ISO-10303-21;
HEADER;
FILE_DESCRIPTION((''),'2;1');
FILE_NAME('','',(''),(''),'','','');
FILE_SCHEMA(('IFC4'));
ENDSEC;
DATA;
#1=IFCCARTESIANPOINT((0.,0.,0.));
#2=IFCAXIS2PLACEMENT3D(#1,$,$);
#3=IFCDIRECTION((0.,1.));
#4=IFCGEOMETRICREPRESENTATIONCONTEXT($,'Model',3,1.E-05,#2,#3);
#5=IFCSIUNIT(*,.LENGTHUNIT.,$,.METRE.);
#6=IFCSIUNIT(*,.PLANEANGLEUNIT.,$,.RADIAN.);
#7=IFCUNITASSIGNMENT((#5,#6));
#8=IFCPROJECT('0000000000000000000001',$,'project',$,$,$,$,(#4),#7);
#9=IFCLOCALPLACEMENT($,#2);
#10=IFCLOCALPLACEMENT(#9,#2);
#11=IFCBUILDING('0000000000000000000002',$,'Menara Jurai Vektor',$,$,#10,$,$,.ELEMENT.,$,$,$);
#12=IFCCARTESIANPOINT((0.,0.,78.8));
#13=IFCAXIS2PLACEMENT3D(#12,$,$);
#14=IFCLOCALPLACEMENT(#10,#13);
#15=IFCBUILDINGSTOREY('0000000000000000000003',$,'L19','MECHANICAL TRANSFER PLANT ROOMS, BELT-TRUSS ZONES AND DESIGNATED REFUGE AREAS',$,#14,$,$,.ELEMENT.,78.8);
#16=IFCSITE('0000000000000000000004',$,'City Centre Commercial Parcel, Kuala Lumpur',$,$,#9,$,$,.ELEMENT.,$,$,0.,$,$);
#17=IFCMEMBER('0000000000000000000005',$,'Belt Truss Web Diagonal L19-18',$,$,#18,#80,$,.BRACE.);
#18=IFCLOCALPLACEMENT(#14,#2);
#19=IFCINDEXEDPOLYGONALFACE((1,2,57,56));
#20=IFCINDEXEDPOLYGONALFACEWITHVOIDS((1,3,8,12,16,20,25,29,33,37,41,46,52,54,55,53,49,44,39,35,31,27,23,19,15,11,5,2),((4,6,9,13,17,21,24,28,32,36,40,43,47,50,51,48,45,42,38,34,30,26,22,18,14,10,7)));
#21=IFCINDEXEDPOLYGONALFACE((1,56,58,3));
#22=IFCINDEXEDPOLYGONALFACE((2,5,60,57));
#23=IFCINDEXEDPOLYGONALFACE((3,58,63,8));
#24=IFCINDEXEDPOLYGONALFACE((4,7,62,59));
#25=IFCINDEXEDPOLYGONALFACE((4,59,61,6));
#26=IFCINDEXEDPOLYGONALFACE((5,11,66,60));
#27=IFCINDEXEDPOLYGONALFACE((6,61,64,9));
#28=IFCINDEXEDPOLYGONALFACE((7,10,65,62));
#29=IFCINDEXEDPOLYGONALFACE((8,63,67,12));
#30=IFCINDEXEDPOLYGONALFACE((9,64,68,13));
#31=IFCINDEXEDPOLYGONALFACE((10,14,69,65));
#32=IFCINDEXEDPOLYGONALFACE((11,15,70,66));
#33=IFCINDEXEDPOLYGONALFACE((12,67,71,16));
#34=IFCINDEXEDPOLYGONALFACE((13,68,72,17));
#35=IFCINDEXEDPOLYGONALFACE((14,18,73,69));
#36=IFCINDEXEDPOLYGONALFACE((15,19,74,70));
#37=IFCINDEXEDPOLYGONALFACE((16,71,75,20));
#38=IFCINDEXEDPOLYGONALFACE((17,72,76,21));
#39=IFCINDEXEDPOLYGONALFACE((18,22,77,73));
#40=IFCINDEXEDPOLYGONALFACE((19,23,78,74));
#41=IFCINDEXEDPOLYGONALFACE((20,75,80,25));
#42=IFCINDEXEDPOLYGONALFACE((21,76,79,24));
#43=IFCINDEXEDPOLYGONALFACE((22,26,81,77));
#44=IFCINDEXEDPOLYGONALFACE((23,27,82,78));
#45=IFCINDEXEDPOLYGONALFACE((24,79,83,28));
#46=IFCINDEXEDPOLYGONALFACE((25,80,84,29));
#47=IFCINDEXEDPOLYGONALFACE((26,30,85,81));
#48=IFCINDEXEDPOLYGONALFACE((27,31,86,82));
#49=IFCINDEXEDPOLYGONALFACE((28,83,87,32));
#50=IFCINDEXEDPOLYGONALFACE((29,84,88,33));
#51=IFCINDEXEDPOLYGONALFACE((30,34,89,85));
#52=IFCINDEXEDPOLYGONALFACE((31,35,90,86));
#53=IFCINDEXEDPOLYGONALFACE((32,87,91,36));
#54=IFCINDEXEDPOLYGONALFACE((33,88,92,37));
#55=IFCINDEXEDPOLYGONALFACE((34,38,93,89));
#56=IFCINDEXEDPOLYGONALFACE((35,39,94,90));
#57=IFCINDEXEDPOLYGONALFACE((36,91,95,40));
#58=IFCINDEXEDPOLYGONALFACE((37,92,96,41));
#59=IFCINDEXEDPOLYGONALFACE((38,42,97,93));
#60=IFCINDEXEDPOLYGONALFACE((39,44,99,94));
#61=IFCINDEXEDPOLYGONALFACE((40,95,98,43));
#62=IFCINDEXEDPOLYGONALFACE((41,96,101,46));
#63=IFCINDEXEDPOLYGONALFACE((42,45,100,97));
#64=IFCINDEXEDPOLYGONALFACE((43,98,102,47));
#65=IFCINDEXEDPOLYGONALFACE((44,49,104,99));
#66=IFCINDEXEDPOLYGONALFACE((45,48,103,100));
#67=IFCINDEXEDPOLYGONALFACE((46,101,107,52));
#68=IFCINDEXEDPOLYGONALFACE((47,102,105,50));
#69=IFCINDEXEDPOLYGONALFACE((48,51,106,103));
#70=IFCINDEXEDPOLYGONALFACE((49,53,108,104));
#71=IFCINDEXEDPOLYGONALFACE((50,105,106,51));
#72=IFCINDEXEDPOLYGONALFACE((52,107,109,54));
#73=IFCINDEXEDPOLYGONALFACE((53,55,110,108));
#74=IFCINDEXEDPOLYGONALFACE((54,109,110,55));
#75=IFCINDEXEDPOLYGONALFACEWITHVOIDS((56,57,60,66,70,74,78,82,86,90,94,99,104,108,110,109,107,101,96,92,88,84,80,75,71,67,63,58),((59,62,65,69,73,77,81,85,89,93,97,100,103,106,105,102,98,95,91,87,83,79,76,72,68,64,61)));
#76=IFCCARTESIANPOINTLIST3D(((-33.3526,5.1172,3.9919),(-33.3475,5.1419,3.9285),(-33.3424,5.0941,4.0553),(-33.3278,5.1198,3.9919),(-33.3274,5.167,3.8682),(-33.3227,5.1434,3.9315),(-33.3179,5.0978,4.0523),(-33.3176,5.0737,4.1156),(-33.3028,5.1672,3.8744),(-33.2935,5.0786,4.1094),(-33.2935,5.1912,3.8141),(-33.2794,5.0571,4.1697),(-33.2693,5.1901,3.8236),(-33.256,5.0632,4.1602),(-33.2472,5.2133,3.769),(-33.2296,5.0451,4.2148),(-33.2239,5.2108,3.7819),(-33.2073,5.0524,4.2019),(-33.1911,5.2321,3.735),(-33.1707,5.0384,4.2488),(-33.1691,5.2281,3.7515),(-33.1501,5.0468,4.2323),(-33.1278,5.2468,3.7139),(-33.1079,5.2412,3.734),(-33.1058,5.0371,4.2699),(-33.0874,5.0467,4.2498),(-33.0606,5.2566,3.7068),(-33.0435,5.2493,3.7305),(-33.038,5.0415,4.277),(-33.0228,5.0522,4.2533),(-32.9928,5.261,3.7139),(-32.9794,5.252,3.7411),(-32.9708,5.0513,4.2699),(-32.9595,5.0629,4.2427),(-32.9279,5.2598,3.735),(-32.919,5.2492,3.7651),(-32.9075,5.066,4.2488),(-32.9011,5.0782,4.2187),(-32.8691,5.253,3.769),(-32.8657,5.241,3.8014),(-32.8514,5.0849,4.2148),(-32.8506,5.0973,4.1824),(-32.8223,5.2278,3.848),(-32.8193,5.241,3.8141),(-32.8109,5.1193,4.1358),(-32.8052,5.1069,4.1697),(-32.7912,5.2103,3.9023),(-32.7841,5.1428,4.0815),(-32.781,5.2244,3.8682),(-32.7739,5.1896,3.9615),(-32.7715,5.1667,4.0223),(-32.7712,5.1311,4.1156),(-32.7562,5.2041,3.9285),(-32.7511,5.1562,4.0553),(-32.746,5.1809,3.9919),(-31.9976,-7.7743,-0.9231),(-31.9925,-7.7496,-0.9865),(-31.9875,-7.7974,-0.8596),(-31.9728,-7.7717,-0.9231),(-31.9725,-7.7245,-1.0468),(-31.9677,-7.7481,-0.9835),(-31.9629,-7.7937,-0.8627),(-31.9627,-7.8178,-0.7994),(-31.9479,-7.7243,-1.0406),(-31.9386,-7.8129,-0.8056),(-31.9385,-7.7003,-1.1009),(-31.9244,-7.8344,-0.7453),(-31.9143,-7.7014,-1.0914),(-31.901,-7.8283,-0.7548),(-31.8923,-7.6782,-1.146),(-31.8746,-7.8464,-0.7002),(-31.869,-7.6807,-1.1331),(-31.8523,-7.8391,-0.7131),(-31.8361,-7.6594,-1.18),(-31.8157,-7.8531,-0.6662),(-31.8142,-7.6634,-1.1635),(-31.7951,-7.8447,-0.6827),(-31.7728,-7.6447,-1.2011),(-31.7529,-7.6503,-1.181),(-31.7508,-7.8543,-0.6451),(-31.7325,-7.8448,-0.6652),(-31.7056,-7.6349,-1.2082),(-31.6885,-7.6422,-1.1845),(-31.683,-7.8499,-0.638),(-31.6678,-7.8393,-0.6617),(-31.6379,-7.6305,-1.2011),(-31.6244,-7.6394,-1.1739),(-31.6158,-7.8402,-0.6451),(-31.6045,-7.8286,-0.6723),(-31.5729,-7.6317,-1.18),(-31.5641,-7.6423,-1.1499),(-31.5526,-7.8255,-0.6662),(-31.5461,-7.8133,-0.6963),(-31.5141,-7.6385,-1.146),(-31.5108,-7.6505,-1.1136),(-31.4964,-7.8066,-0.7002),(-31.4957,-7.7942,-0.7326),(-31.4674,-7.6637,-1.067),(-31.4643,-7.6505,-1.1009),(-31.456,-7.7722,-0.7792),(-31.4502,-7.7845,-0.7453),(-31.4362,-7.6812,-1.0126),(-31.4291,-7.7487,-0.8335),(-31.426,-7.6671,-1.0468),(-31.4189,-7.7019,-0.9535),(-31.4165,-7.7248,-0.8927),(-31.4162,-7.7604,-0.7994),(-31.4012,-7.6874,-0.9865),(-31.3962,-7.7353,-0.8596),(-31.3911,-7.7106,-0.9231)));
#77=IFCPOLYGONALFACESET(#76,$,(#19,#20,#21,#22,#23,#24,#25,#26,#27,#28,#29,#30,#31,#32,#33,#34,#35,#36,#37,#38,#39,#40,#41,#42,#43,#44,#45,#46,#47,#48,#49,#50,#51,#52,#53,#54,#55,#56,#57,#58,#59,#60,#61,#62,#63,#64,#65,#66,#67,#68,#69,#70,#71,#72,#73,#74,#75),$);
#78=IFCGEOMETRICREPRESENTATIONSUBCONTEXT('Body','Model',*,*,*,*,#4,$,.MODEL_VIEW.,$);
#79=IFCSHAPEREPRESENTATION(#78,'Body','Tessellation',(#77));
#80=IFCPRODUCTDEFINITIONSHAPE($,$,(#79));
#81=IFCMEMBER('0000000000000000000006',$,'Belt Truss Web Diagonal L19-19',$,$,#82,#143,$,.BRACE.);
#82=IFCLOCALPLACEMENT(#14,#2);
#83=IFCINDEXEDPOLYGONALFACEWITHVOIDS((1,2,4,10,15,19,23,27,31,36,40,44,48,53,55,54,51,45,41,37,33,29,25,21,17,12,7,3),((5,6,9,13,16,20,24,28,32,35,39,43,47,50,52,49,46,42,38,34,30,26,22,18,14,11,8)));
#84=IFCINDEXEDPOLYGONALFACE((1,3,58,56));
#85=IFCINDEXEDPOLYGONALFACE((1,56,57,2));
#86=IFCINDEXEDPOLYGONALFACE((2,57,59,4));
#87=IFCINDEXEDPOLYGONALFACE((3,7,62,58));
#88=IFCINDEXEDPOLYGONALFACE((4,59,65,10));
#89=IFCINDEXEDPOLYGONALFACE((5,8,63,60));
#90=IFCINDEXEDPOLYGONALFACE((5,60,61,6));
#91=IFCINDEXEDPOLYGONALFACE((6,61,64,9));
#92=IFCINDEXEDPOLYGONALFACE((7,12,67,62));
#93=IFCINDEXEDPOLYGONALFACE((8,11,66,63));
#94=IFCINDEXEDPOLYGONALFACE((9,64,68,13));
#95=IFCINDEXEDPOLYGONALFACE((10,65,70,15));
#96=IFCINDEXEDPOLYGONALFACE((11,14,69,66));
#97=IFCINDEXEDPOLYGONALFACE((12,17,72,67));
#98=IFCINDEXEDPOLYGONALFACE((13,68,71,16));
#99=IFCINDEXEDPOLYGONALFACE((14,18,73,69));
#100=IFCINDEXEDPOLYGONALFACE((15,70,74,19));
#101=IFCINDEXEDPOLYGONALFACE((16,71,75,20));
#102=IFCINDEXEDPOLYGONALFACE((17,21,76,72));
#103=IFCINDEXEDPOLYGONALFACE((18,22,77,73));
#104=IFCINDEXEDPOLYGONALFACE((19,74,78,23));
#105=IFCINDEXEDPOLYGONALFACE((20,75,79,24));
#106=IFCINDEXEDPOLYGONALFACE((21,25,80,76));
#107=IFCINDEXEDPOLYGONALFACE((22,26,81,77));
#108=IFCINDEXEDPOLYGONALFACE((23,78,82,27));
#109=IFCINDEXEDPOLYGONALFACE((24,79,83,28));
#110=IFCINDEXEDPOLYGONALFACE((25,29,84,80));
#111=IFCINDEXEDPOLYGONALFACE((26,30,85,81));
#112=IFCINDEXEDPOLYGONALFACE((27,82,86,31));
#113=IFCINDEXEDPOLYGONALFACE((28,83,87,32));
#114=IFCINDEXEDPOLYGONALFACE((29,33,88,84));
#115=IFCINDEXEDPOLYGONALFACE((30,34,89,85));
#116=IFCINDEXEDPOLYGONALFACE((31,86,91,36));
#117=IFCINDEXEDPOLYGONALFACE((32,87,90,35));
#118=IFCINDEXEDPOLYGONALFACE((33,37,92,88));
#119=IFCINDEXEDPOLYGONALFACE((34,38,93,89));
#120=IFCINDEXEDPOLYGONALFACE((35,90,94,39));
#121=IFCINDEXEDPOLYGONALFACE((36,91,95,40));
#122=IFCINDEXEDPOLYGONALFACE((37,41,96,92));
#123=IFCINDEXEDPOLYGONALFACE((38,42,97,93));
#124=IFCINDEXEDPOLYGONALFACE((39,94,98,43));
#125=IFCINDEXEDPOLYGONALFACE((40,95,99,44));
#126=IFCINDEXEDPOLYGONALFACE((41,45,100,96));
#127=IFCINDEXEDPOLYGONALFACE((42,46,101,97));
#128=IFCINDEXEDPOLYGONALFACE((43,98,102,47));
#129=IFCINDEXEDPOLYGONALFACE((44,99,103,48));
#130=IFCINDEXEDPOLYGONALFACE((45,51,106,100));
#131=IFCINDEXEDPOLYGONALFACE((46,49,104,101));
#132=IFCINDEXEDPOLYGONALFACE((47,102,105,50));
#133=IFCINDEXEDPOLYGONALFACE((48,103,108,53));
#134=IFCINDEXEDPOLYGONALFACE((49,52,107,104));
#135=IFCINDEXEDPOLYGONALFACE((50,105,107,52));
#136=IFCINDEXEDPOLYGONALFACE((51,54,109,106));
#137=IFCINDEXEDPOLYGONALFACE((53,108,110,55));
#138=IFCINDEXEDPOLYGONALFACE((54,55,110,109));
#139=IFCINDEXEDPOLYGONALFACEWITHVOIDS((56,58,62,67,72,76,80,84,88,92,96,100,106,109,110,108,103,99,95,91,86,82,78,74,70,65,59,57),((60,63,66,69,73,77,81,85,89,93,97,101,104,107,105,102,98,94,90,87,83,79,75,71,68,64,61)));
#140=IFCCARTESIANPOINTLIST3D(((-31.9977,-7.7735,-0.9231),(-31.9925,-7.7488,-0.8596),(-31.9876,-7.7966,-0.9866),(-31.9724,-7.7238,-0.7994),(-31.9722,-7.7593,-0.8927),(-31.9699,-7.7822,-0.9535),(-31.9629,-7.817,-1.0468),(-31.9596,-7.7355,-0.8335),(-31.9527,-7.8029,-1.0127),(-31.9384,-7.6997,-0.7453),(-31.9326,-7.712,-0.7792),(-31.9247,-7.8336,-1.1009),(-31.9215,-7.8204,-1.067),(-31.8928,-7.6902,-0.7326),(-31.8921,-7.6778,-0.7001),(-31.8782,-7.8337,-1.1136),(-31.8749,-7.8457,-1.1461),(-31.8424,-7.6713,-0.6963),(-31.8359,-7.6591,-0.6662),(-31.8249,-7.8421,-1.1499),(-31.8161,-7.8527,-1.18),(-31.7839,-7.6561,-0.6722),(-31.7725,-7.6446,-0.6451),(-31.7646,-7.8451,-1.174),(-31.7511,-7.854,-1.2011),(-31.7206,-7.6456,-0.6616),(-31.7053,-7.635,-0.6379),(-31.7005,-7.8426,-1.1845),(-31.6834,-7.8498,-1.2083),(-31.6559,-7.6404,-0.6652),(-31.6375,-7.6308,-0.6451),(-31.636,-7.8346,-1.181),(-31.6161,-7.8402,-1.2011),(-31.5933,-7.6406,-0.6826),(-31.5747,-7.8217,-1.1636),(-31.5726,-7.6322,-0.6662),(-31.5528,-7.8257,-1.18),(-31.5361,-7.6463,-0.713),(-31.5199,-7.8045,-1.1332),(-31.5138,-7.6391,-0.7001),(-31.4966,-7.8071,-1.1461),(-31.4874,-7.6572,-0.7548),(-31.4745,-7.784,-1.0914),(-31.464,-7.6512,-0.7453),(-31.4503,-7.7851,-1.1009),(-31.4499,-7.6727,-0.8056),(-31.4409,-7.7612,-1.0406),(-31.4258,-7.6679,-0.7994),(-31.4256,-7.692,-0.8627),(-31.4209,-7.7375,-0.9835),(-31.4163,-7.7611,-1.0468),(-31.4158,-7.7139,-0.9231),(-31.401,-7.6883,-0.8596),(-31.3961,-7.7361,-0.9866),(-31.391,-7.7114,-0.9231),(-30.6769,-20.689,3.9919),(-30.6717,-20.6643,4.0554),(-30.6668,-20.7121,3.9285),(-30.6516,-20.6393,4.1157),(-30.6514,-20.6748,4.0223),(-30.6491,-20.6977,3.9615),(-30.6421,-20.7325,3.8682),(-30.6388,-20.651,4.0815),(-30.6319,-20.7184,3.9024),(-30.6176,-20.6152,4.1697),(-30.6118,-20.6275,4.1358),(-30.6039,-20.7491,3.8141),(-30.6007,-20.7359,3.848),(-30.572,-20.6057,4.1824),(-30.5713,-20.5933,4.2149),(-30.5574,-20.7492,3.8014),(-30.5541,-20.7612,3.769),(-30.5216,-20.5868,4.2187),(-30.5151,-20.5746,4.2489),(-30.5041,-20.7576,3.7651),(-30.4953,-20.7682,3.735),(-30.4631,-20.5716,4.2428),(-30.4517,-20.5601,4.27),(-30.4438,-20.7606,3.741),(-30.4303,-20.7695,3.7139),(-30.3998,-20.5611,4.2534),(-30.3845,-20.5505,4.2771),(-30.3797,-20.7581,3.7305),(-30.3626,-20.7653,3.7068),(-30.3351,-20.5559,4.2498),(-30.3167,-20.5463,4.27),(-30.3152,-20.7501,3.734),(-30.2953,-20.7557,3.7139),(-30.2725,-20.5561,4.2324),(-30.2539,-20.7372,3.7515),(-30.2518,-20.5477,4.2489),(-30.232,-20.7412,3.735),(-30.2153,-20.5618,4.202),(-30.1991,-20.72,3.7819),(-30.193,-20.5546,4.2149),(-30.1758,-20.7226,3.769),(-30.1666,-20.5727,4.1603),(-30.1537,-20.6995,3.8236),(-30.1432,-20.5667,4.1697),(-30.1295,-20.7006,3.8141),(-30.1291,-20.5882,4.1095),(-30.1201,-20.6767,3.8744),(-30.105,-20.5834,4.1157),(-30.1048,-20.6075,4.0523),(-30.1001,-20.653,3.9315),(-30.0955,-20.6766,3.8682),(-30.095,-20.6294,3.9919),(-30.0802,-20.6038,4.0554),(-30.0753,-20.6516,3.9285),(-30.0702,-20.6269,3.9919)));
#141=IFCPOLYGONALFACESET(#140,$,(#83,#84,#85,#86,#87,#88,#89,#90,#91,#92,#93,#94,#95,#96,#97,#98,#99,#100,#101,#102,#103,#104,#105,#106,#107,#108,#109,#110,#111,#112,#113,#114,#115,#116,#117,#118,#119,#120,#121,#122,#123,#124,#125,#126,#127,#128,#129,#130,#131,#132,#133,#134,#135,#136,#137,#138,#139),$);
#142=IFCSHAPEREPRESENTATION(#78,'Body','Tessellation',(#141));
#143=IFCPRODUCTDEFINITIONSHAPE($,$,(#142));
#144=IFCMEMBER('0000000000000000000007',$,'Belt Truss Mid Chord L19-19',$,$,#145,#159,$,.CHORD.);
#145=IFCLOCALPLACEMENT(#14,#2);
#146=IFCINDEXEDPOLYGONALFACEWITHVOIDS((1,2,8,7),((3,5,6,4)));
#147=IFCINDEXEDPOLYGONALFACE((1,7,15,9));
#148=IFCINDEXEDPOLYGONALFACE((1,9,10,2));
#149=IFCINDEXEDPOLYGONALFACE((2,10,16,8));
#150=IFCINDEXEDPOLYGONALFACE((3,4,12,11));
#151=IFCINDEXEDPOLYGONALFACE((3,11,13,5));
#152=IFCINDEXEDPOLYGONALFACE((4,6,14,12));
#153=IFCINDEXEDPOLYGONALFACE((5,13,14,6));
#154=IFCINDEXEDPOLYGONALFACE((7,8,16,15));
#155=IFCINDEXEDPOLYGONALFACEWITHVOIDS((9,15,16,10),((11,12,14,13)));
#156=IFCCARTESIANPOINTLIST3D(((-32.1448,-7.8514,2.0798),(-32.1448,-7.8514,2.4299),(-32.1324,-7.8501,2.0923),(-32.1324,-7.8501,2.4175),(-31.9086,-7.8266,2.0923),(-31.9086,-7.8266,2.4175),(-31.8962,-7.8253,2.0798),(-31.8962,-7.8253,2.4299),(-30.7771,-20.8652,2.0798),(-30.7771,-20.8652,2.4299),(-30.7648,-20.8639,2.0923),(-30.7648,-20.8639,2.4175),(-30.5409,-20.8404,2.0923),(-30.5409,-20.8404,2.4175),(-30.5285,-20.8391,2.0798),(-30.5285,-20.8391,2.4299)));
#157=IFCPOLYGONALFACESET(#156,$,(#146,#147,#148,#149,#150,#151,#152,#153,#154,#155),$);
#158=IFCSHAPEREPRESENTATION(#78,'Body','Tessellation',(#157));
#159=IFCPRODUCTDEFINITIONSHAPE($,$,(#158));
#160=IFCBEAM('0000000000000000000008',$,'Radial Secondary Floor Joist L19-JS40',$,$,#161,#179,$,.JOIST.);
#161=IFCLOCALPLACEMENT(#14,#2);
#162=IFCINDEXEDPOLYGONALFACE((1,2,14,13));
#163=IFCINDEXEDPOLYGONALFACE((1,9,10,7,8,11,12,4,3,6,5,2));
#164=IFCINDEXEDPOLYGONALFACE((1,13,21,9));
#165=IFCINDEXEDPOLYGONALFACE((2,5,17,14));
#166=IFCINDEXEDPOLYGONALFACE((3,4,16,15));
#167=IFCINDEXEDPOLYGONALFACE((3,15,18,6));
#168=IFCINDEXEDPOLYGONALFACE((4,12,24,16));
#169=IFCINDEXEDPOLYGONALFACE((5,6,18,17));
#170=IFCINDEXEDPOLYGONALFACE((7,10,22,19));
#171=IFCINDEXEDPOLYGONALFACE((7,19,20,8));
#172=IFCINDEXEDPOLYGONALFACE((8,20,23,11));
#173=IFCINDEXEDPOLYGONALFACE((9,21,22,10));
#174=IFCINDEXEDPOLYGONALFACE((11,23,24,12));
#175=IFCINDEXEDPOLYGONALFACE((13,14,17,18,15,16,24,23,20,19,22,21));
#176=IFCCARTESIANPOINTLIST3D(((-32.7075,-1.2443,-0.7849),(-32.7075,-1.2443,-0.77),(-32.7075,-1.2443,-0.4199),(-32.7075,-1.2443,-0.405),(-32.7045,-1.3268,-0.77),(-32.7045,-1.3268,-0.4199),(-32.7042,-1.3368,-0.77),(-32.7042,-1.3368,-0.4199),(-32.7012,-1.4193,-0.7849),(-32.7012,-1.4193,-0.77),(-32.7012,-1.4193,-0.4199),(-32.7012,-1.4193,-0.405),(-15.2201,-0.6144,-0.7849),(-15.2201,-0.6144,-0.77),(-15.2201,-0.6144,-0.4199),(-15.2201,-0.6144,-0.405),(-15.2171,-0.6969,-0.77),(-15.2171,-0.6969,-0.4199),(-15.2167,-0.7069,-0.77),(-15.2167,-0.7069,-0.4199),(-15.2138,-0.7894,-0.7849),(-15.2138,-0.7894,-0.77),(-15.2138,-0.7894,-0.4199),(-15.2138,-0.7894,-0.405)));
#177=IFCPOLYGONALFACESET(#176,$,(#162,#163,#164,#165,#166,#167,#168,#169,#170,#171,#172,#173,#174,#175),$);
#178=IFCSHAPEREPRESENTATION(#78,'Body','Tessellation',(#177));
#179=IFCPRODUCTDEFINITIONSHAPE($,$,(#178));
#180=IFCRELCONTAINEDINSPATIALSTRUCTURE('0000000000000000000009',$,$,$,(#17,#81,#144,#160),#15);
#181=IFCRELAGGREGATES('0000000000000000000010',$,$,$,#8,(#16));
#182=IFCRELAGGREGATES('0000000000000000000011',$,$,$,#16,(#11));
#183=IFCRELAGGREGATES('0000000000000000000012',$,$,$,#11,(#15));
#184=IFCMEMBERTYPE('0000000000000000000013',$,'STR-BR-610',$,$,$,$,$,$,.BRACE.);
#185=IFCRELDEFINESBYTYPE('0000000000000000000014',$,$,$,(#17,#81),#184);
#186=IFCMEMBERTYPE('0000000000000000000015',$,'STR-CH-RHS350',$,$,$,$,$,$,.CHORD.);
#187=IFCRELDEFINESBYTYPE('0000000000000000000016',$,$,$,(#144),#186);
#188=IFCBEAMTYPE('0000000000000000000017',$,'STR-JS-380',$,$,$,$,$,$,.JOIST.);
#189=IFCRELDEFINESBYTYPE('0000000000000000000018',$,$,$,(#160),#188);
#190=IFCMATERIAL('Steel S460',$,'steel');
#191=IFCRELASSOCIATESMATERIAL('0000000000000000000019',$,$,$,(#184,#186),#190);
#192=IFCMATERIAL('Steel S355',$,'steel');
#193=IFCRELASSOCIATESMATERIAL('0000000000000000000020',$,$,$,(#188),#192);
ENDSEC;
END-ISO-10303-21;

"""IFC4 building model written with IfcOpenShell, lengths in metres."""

from ifc_helpers import new_model, si_unit, direction, frame, origin, origin_2d, place, context, subcontext, project, spatial, hollow_rectangle, hollow_circle, i_section, extrude, material, material_profile, profile_set, type_object, element, save


model = new_model("IFC4")

# Units and contexts
model_context = context("Model", 3, precision=1e-05, world=origin(), true_north=direction((0.0, 1.0)))
body_context = subcontext(model_context, "Body", "Model", "MODEL_VIEW")
ifc_project = project(units=[si_unit("LENGTHUNIT", "METRE"), si_unit("PLANEANGLEUNIT", "RADIAN")], contexts=[model_context])

# Site, building, storey
site_placement = place(None, origin())
site = spatial("IfcSite", under=ifc_project, at=site_placement, Name="City Centre Commercial Parcel, Kuala Lumpur", CompositionType="ELEMENT", RefElevation=0.0)
building_placement = place(site_placement, origin())
building = spatial("IfcBuilding", under=site, at=building_placement, Name="Menara Jurai Vektor", CompositionType="ELEMENT")
storey_placement = place(building_placement, frame((0.0, 0.0, 78.8)))
storey = spatial("IfcBuildingStorey", under=building, at=storey_placement, Name="L19", Description="MECHANICAL TRANSFER PLANT ROOMS, BELT-TRUSS ZONES AND DESIGNATED REFUGE AREAS", CompositionType="ELEMENT", Elevation=78.8)

# Shared definitions
ifc_material_1 = material(Name="Steel S460", Category="steel")

# Shared definitions
ifc_material_2 = material(Name="Steel S355", Category="steel")

# Members
ifc_material_profile_1 = material_profile(ifc_material_1, hollow_circle(Radius=0.3049, WallThickness=0.0249, at=origin_2d()), Name="CHS 610x25")
ifc_profile_set_1 = profile_set([ifc_material_profile_1], Name="Steel S460")
member_type_1 = type_object("IfcMemberType", Name="STR-BR-610", PredefinedType="BRACE", material=ifc_profile_set_1)
member_1_placement = place(storey_placement, frame((-31.6943, -7.7424, -0.9231), z_axis=(-0.09774, 0.929919, 0.35454), x_axis=(-0.994522, -0.10453, 0.0)))
element("IfcMember", 1, at=member_1_placement, inside=storey, type_object=member_type_1, Name="Belt Truss Web Diagonal L19-18", PredefinedType="BRACE", context=body_context, shape_type="SweptSolid", body=[
    extrude(hollow_circle(Radius=0.3049, WallThickness=0.0249, at=origin_2d()), origin(), (0.0, 0.0, 1.0), 13.863),
])
member_2_placement = place(storey_placement, frame((-31.6943, -7.7424, -0.9231), z_axis=(0.095144, -0.930372, 0.354056), x_axis=(0.994812, 0.101734, 0.0)))
element("IfcMember", 2, at=member_2_placement, inside=storey, type_object=member_type_1, Name="Belt Truss Web Diagonal L19-19", PredefinedType="BRACE", context=body_context, shape_type="SweptSolid", body=[
    extrude(hollow_circle(Radius=0.3049, WallThickness=0.0249, at=origin_2d()), origin(), (0.0, 0.0, 1.0), 13.8821),
])
ifc_material_profile_2 = material_profile(ifc_material_1, hollow_rectangle(XDim=0.25, YDim=0.3501, WallThickness=0.0125, at=origin_2d()), Name="RHS 350x250x12.5")
ifc_profile_set_2 = profile_set([ifc_material_profile_2], Name="Steel S460")
member_type_2 = type_object("IfcMemberType", Name="STR-CH-RHS350", PredefinedType="CHORD", material=ifc_profile_set_2)
member_3_placement = place(storey_placement, frame((-32.0205, -7.8384, 2.2549), z_axis=(0.10452, -0.994523, 0.0), x_axis=(0.994523, 0.10452, 0.0)))
element("IfcMember", 3, at=member_3_placement, inside=storey, type_object=member_type_2, Name="Belt Truss Mid Chord L19-19", PredefinedType="CHORD", context=body_context, shape_type="SweptSolid", body=[
    extrude(hollow_rectangle(XDim=0.25, YDim=0.3501, WallThickness=0.0125, at=origin_2d()), origin(), (0.0, 0.0, 1.0), 13.0854),
])

# Beam
ifc_material_profile_3 = material_profile(ifc_material_2, i_section(OverallWidth=0.175, OverallDepth=0.3799, WebThickness=0.01, FlangeThickness=0.0149, at=origin_2d()), Name="PG 380x175x58")
ifc_profile_set_3 = profile_set([ifc_material_profile_3], Name="Steel S355")
beam_type_1 = type_object("IfcBeamType", Name="STR-JS-380", PredefinedType="JOIST", material=ifc_profile_set_3)
beam_1_placement = place(storey_placement, frame((-32.7043, -1.3318, -0.595), z_axis=(0.999352, 0.035996, 0.0), x_axis=(-0.035996, 0.999352, 0.0)))
element("IfcBeam", 4, at=beam_1_placement, inside=storey, type_object=beam_type_1, Name="Radial Secondary Floor Joist L19-JS40", PredefinedType="JOIST", context=body_context, shape_type="SweptSolid", body=[
    extrude(i_section(OverallWidth=0.175, OverallDepth=0.3799, WebThickness=0.01, FlangeThickness=0.0149, at=origin_2d()), origin(), (0.0, 0.0, 1.0), 17.4988),
])

save(model, "model.ifc")
